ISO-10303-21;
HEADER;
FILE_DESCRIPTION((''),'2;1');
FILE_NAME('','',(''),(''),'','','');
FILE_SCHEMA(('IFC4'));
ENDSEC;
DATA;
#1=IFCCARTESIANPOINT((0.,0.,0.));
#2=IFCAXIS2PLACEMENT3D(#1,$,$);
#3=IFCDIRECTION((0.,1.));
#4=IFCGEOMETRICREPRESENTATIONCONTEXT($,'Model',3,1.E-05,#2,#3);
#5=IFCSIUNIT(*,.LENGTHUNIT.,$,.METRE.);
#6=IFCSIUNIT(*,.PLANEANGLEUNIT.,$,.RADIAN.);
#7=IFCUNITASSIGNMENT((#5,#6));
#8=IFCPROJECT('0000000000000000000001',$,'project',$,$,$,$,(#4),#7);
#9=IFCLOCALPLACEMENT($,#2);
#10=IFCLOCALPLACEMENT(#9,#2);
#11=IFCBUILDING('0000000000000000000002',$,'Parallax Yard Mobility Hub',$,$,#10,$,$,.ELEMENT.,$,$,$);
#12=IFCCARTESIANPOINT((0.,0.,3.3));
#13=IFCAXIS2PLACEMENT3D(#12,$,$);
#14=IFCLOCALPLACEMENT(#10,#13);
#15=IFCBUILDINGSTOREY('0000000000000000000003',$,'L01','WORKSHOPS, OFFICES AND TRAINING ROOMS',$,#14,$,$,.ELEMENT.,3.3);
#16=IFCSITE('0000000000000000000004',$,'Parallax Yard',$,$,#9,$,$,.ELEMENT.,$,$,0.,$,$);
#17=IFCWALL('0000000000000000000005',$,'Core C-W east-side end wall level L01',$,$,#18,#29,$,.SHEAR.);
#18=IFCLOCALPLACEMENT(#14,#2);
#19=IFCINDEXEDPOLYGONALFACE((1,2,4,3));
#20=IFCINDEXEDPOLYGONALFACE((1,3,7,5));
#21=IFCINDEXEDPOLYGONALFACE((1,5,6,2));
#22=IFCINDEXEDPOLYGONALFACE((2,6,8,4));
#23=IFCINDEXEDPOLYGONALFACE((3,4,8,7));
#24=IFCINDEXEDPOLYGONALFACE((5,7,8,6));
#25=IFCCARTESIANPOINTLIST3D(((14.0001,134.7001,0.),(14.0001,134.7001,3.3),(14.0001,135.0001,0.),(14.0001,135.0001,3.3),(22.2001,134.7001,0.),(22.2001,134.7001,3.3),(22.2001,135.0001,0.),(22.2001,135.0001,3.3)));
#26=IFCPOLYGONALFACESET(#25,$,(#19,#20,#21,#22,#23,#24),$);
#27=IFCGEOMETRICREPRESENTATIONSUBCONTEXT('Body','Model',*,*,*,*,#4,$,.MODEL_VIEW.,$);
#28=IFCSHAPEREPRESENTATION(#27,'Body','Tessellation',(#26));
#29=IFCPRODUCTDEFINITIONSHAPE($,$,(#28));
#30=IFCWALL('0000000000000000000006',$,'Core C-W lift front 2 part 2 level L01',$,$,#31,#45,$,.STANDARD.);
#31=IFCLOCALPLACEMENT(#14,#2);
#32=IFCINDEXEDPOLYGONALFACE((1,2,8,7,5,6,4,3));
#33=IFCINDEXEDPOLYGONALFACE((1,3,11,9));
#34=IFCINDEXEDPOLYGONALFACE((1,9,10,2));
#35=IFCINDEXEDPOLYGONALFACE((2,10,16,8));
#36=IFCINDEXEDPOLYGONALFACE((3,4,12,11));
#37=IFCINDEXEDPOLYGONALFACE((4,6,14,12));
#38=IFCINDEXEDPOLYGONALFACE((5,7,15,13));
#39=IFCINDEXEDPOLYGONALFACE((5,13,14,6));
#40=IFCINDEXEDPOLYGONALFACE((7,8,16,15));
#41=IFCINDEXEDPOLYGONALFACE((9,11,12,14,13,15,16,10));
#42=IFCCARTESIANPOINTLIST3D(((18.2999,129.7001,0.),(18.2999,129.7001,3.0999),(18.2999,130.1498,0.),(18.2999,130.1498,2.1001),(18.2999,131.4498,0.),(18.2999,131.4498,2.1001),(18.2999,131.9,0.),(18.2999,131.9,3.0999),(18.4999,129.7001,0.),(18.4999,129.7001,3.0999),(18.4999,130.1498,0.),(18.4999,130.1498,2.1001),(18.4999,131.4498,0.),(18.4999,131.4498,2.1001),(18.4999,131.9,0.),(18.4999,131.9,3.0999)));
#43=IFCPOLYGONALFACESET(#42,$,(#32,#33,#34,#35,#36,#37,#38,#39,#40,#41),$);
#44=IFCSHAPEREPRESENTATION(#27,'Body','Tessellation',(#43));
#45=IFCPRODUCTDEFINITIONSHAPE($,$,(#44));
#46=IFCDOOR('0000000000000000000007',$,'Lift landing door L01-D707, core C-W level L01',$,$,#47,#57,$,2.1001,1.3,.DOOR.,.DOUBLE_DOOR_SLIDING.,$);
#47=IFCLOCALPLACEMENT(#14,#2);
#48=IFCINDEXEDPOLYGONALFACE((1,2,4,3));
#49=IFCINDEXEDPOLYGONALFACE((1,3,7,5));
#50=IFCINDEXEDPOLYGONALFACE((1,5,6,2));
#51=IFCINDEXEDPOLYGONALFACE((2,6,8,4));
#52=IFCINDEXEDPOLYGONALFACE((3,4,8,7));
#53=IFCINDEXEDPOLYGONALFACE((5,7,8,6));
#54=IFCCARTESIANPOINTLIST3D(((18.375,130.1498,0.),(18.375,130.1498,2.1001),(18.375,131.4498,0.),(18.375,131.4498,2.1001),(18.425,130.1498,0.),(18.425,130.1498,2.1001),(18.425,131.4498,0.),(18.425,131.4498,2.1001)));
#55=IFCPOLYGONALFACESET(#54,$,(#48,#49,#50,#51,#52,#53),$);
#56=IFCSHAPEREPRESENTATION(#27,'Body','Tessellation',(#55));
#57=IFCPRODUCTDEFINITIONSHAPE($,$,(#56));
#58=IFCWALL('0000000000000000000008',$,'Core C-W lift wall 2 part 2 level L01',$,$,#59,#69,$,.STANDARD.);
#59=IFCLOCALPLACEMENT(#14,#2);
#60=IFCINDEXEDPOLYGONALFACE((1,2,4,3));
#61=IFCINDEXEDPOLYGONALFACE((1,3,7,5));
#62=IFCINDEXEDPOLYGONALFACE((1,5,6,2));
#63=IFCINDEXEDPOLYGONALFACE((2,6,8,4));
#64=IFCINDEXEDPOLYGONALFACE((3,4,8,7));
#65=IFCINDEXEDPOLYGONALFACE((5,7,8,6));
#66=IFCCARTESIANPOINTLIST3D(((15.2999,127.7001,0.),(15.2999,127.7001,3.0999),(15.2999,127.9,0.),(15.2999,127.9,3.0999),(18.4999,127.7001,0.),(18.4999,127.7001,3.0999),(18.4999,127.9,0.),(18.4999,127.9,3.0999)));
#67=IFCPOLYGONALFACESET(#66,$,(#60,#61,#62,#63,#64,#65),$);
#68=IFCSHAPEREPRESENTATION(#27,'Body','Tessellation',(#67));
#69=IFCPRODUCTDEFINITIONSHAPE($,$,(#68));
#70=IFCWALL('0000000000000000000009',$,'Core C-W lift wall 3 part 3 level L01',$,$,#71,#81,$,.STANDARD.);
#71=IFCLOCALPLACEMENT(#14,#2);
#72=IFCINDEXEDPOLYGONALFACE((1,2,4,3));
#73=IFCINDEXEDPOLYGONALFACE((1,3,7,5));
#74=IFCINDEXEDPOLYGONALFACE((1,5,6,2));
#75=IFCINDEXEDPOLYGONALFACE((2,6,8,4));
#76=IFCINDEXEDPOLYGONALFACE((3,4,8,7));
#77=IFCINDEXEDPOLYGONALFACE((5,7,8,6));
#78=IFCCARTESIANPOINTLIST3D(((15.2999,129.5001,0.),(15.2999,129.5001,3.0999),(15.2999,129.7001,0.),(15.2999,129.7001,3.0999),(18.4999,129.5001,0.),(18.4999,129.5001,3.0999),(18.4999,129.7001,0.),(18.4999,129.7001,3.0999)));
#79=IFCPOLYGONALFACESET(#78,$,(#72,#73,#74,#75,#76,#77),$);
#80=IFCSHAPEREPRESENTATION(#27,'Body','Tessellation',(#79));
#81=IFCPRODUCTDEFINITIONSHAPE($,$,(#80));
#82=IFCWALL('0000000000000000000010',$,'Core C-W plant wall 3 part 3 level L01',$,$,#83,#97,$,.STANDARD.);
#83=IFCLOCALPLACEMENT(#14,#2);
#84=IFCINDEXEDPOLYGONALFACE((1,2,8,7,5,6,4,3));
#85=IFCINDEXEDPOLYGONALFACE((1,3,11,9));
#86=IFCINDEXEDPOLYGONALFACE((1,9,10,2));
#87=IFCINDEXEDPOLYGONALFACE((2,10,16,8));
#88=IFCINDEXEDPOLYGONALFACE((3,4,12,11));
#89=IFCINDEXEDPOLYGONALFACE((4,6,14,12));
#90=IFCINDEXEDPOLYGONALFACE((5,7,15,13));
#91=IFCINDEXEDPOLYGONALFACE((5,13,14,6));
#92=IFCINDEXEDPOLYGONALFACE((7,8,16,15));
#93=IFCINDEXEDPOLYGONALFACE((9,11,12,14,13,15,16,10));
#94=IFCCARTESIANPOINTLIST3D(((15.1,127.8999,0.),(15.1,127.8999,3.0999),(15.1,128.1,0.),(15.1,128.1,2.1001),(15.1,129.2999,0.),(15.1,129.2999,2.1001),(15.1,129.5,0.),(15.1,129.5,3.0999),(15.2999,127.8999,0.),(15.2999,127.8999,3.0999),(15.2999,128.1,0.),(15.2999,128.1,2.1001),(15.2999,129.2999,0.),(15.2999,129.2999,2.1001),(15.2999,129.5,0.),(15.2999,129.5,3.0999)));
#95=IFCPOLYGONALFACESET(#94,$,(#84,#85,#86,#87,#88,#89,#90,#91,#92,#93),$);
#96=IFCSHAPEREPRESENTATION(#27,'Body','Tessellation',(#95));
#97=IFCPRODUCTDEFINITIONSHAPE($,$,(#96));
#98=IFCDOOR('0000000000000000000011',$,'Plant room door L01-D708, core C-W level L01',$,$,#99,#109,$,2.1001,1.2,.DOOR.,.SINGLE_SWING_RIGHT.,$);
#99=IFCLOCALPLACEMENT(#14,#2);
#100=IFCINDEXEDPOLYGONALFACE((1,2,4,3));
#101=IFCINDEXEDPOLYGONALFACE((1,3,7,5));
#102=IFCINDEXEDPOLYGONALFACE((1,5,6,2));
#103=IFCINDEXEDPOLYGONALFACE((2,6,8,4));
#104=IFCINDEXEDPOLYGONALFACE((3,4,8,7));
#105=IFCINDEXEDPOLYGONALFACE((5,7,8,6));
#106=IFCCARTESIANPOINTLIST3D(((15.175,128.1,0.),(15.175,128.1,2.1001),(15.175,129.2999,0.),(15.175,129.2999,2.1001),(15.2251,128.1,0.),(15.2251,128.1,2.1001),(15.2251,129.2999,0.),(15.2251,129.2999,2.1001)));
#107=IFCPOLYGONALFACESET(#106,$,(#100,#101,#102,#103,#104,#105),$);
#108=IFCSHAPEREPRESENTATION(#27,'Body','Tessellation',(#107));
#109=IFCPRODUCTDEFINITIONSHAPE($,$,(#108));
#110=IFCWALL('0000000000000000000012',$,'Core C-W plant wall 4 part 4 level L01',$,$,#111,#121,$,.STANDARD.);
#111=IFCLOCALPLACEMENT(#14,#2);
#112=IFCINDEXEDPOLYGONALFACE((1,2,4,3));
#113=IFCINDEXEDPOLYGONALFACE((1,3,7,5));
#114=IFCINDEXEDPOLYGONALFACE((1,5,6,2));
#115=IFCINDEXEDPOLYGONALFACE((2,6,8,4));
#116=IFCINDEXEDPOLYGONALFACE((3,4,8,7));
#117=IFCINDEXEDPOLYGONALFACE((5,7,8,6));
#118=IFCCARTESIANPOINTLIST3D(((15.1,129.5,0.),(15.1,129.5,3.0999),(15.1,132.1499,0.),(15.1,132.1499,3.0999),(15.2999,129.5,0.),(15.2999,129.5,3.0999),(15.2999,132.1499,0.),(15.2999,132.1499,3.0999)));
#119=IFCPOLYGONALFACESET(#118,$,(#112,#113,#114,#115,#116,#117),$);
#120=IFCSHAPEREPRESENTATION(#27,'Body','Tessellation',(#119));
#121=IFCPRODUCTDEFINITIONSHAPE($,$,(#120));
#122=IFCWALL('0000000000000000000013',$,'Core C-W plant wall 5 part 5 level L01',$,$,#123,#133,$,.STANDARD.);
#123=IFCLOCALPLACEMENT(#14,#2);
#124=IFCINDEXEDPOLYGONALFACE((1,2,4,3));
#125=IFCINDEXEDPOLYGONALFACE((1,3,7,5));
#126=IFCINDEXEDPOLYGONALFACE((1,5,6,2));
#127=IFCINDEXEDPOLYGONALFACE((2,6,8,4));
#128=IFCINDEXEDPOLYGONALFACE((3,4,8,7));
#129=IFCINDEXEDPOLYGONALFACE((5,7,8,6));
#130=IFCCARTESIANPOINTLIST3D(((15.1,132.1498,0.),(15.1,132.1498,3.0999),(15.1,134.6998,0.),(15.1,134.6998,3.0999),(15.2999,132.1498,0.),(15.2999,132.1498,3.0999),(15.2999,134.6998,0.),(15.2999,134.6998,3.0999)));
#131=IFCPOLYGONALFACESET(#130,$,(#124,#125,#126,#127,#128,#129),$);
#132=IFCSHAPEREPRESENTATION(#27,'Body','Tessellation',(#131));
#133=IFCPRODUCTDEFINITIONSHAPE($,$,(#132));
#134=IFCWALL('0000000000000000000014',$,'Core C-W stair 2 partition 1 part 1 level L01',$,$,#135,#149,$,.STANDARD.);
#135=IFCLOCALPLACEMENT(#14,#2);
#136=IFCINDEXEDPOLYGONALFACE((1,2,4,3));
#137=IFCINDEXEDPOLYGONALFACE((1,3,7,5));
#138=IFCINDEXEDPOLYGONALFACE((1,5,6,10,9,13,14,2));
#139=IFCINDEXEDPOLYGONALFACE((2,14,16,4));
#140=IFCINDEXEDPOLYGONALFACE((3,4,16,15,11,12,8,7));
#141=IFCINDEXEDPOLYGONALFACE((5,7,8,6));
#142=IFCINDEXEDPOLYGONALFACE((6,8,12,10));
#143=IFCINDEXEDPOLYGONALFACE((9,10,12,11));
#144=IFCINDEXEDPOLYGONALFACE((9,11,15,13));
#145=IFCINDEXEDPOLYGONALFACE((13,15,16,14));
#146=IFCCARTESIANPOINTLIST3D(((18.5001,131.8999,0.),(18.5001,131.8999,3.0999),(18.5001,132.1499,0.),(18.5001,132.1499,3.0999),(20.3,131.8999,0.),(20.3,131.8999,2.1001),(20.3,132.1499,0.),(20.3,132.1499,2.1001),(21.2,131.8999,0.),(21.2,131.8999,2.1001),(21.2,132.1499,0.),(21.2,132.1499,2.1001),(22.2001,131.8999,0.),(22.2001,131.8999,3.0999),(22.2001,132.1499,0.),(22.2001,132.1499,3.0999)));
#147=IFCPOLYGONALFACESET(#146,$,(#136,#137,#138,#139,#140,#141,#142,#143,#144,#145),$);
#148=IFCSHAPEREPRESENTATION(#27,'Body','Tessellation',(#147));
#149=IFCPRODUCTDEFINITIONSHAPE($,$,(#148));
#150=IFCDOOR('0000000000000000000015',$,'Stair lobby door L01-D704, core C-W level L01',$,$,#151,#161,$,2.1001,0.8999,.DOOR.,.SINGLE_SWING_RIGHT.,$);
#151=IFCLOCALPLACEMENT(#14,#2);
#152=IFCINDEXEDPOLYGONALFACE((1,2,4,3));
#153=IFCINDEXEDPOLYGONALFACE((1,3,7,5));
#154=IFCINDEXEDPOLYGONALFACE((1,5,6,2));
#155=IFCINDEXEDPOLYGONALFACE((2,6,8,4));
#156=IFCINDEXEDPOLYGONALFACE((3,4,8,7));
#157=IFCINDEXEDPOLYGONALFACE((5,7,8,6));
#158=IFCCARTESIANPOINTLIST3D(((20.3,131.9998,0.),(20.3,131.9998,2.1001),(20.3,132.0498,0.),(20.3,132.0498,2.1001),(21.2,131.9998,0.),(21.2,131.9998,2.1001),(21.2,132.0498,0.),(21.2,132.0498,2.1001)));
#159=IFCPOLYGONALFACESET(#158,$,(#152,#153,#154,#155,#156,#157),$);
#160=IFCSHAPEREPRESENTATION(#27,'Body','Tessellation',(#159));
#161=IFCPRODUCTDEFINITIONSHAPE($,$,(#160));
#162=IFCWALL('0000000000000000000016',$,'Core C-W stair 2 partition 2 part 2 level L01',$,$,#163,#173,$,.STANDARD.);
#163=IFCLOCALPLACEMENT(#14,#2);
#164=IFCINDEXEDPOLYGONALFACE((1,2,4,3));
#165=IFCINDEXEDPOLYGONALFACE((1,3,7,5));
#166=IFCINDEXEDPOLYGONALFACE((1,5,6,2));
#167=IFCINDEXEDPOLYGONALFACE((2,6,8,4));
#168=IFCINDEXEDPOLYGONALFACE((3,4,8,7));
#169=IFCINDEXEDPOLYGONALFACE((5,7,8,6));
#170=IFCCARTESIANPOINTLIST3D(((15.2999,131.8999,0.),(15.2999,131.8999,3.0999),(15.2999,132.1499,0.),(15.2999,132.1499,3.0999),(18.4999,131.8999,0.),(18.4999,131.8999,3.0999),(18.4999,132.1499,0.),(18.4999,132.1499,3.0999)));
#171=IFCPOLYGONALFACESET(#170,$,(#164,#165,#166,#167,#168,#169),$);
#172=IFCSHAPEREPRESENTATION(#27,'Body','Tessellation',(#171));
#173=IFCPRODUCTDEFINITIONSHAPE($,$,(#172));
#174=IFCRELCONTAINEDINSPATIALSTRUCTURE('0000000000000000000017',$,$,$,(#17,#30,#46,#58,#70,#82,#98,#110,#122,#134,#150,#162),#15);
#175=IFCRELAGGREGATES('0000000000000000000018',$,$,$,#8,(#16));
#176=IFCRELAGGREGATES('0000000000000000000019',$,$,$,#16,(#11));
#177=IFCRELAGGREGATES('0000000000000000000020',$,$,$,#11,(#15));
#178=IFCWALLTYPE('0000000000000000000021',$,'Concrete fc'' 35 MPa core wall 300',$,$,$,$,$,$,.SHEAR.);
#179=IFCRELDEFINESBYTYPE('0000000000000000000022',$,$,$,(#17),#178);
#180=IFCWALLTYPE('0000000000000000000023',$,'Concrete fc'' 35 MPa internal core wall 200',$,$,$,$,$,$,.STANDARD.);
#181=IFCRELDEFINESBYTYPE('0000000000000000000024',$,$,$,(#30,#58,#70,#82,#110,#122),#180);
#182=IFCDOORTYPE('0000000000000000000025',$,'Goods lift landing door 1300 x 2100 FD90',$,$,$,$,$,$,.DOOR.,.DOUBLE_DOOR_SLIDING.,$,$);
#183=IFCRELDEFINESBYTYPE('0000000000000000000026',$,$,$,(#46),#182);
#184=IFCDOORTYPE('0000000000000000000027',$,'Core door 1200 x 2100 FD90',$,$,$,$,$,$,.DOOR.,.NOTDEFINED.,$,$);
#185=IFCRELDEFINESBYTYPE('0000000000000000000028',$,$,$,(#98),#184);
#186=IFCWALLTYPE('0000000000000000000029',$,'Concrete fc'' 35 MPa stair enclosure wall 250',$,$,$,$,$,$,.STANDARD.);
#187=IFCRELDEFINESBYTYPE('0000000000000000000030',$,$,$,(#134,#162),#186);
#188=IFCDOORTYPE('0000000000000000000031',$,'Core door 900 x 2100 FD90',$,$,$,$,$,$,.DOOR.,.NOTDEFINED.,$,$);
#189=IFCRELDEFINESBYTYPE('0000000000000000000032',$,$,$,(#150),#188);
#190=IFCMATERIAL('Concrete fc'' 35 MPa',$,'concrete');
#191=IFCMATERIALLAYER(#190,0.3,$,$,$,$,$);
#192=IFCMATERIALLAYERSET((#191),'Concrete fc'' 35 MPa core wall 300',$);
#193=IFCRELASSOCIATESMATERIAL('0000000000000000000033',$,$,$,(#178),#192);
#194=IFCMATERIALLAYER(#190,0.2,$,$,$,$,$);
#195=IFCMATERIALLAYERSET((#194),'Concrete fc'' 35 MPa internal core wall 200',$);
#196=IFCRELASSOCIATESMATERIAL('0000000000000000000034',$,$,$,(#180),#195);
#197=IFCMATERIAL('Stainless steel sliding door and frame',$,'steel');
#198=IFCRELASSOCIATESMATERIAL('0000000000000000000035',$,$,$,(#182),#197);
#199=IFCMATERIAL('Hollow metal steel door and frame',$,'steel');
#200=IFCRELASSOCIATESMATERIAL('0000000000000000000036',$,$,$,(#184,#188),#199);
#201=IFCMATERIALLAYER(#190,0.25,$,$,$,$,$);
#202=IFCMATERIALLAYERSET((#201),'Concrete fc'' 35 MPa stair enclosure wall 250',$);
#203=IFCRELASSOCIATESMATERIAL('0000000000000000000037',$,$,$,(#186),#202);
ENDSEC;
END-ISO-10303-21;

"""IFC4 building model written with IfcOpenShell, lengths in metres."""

from ifc_helpers import new_model, si_unit, direction, frame, frame_2d, origin, place, context, subcontext, project, spatial, rectangle, extrude, material, layer, layer_set, type_object, element, fill, save


model = new_model("IFC4")

# Units and contexts
model_context = context("Model", 3, precision=1e-05, world=origin(), true_north=direction((0.0, 1.0)))
body_context = subcontext(model_context, "Body", "Model", "MODEL_VIEW")
ifc_project = project(units=[si_unit("LENGTHUNIT", "METRE"), si_unit("PLANEANGLEUNIT", "RADIAN")], contexts=[model_context])

# Site, building, storey
site_placement = place(None, origin())
site = spatial("IfcSite", under=ifc_project, at=site_placement, Name="Parallax Yard", CompositionType="ELEMENT", RefElevation=0.0)
building_placement = place(site_placement, origin())
building = spatial("IfcBuilding", under=site, at=building_placement, Name="Parallax Yard Mobility Hub", CompositionType="ELEMENT")
storey_placement = place(building_placement, frame((0.0, 0.0, 3.3)))
storey = spatial("IfcBuildingStorey", under=building, at=storey_placement, Name="L01", Description="WORKSHOPS, OFFICES AND TRAINING ROOMS", CompositionType="ELEMENT", Elevation=3.3)

# Wall
ifc_material_1 = material(Name="Concrete fc' 35 MPa", Category="concrete")
ifc_layer_1 = layer(ifc_material_1, 0.3)
ifc_layer_set_1 = layer_set([ifc_layer_1], Name="Concrete fc' 35 MPa core wall 300")
wall_type_1 = type_object("IfcWallType", Name="Concrete fc' 35 MPa core wall 300", PredefinedType="SHEAR", material=ifc_layer_set_1)
wall_1_placement = place(storey_placement, frame((14.0, 134.8501, 0.0), z_axis=(0.0, 0.0, 1.0), x_axis=(1.0, 0.0, 0.0)))
element("IfcWall", 1, at=wall_1_placement, inside=storey, type_object=wall_type_1, Name="Core C-W east-side end wall level L01", PredefinedType="SHEAR", context=body_context, shape_type="SweptSolid", body=[
    extrude(rectangle(XDim=8.2, YDim=0.3, at=frame_2d((4.1001, 0.0))), origin(), (0.0, 0.0, 1.0), 3.3),
])

# Wall, opening, door
ifc_layer_2 = layer(ifc_material_1, 0.2)
ifc_layer_set_2 = layer_set([ifc_layer_2], Name="Concrete fc' 35 MPa internal core wall 200")
wall_type_2 = type_object("IfcWallType", Name="Concrete fc' 35 MPa internal core wall 200", PredefinedType="STANDARD", material=ifc_layer_set_2)
wall_2_placement = place(storey_placement, frame((18.3999, 129.7, 0.0), z_axis=(0.0, 0.0, 1.0), x_axis=(0.0, 1.0, 0.0)))
wall_2 = element("IfcWall", 2, at=wall_2_placement, inside=storey, type_object=wall_type_2, Name="Core C-W lift front 2 part 2 level L01", PredefinedType="STANDARD", context=body_context, shape_type="SweptSolid", body=[
    extrude(rectangle(XDim=2.2, YDim=0.2, at=frame_2d((1.1001, 0.0))), origin(), (0.0, 0.0, 1.0), 3.0999),
])
opening_1_placement = place(wall_2_placement, frame((0.45, 0.0, 0.0)))
opening_1 = element("IfcOpeningElement", 3, at=opening_1_placement, cuts=wall_2, PredefinedType="OPENING", context=body_context, shape_type="SweptSolid", body=[
    extrude(rectangle(XDim=1.3, YDim=2.1001, at=frame_2d((0.6499, 1.05))), frame((0.0, 0.1099, 0.0), z_axis=(0.0, -1.0, 0.0), x_axis=(1.0, 0.0, 0.0)), (0.0, 0.0, 1.0), 0.22),
])
ifc_material_2 = material(Name="Stainless steel sliding door and frame", Category="steel")
door_type_1 = type_object("IfcDoorType", Name="Goods lift landing door 1300 x 2100 FD90", OperationType="DOUBLE_DOOR_SLIDING", PredefinedType="DOOR", material=ifc_material_2)
door_1_placement = place(opening_1_placement, origin())
door_1 = element("IfcDoor", 4, at=door_1_placement, inside=storey, type_object=door_type_1, Name="Lift landing door L01-D707, core C-W level L01", OperationType="DOUBLE_DOOR_SLIDING", OverallHeight=2.1001, OverallWidth=1.3, PredefinedType="DOOR", context=body_context, shape_type="SweptSolid", body=[
    extrude(rectangle(XDim=1.3, YDim=2.1001, at=frame_2d((0.6499, 1.05))), frame((0.0, 0.0249, 0.0), z_axis=(0.0, -1.0, 0.0), x_axis=(1.0, 0.0, 0.0)), (0.0, 0.0, 1.0), 0.05),
])
fill(opening_1, door_1)

# Walls
for number, where, z_axis, x_axis, name in (
    (5, (18.5, 127.8, 0.0), (0.0, 0.0, 1.0), (-1.0, 0.0, 0.0), "Core C-W lift wall 2 part 2 level L01"),
    (6, (18.5, 129.6001, 0.0), (0.0, 0.0, 1.0), (-1.0, 0.0, 0.0), "Core C-W lift wall 3 part 3 level L01"),
):
    element("IfcWall", number, at=place(storey_placement, frame(where, z_axis=z_axis, x_axis=x_axis)), inside=storey, type_object=wall_type_2, Name=name, PredefinedType="STANDARD", context=body_context, shape_type="SweptSolid", body=[
        extrude(rectangle(XDim=3.2, YDim=0.2, at=frame_2d((1.6001, 0.0))), origin(), (0.0, 0.0, 1.0), 3.0999),
    ])

# Wall, opening, door
wall_3_placement = place(storey_placement, frame((15.2, 127.8999, 0.0), z_axis=(0.0, 0.0, 1.0), x_axis=(0.0, 1.0, 0.0)))
wall_3 = element("IfcWall", 7, at=wall_3_placement, inside=storey, type_object=wall_type_2, Name="Core C-W plant wall 3 part 3 level L01", PredefinedType="STANDARD", context=body_context, shape_type="SweptSolid", body=[
    extrude(rectangle(XDim=1.6001, YDim=0.2, at=frame_2d((0.8, 0.0))), origin(), (0.0, 0.0, 1.0), 3.0999),
])
opening_2_placement = place(wall_3_placement, frame((0.2, 0.0, 0.0)))
opening_2 = element("IfcOpeningElement", 8, at=opening_2_placement, cuts=wall_3, PredefinedType="OPENING", context=body_context, shape_type="SweptSolid", body=[
    extrude(rectangle(XDim=1.2, YDim=2.1001, at=frame_2d((0.6001, 1.05))), frame((0.0, 0.1099, 0.0), z_axis=(0.0, -1.0, 0.0), x_axis=(1.0, 0.0, 0.0)), (0.0, 0.0, 1.0), 0.22),
])
ifc_material_3 = material(Name="Hollow metal steel door and frame", Category="steel")
door_type_2 = type_object("IfcDoorType", Name="Core door 1200 x 2100 FD90", OperationType="NOTDEFINED", PredefinedType="DOOR", material=ifc_material_3)
door_2_placement = place(opening_2_placement, origin())
door_2 = element("IfcDoor", 9, at=door_2_placement, inside=storey, type_object=door_type_2, Name="Plant room door L01-D708, core C-W level L01", OperationType="SINGLE_SWING_RIGHT", OverallHeight=2.1001, OverallWidth=1.2, PredefinedType="DOOR", context=body_context, shape_type="SweptSolid", body=[
    extrude(rectangle(XDim=1.2, YDim=2.1001, at=frame_2d((0.6001, 1.05))), frame((0.0, 0.0249, 0.0), z_axis=(0.0, -1.0, 0.0), x_axis=(1.0, 0.0, 0.0)), (0.0, 0.0, 1.0), 0.05),
])
fill(opening_2, door_2)

# Walls
wall_4_placement = place(storey_placement, frame((15.2, 129.5, 0.0), z_axis=(0.0, 0.0, 1.0), x_axis=(0.0, 1.0, 0.0)))
element("IfcWall", 10, at=wall_4_placement, inside=storey, type_object=wall_type_2, Name="Core C-W plant wall 4 part 4 level L01", PredefinedType="STANDARD", context=body_context, shape_type="SweptSolid", body=[
    extrude(rectangle(XDim=2.6499, YDim=0.2, at=frame_2d((1.325, 0.0))), origin(), (0.0, 0.0, 1.0), 3.0999),
])
wall_5_placement = place(storey_placement, frame((15.2, 132.1499, 0.0), z_axis=(0.0, 0.0, 1.0), x_axis=(0.0, 1.0, 0.0)))
element("IfcWall", 11, at=wall_5_placement, inside=storey, type_object=wall_type_2, Name="Core C-W plant wall 5 part 5 level L01", PredefinedType="STANDARD", context=body_context, shape_type="SweptSolid", body=[
    extrude(rectangle(XDim=2.55, YDim=0.2, at=frame_2d((1.2749, 0.0))), origin(), (0.0, 0.0, 1.0), 3.0999),
])

# Wall, opening, door
ifc_layer_3 = layer(ifc_material_1, 0.25)
ifc_layer_set_3 = layer_set([ifc_layer_3], Name="Concrete fc' 35 MPa stair enclosure wall 250")
wall_type_3 = type_object("IfcWallType", Name="Concrete fc' 35 MPa stair enclosure wall 250", PredefinedType="STANDARD", material=ifc_layer_set_3)
wall_6_placement = place(storey_placement, frame((18.5, 132.0249, 0.0), z_axis=(0.0, 0.0, 1.0), x_axis=(1.0, 0.0, 0.0)))
wall_6 = element("IfcWall", 12, at=wall_6_placement, inside=storey, type_object=wall_type_3, Name="Core C-W stair 2 partition 1 part 1 level L01", PredefinedType="STANDARD", context=body_context, shape_type="SweptSolid", body=[
    extrude(rectangle(XDim=3.7, YDim=0.25, at=frame_2d((1.8501, 0.0))), origin(), (0.0, 0.0, 1.0), 3.0999),
])
opening_3_placement = place(wall_6_placement, frame((1.8, 0.0, 0.0)))
opening_3 = element("IfcOpeningElement", 13, at=opening_3_placement, cuts=wall_6, PredefinedType="OPENING", context=body_context, shape_type="SweptSolid", body=[
    extrude(rectangle(XDim=0.8999, YDim=2.1001, at=frame_2d((0.45, 1.05))), frame((0.0, 0.135, 0.0), z_axis=(0.0, -1.0, 0.0), x_axis=(1.0, 0.0, 0.0)), (0.0, 0.0, 1.0), 0.27),
])
door_type_3 = type_object("IfcDoorType", Name="Core door 900 x 2100 FD90", OperationType="NOTDEFINED", PredefinedType="DOOR", material=ifc_material_3)
door_3_placement = place(opening_3_placement, origin())
door_3 = element("IfcDoor", 14, at=door_3_placement, inside=storey, type_object=door_type_3, Name="Stair lobby door L01-D704, core C-W level L01", OperationType="SINGLE_SWING_RIGHT", OverallHeight=2.1001, OverallWidth=0.8999, PredefinedType="DOOR", context=body_context, shape_type="SweptSolid", body=[
    extrude(rectangle(XDim=0.8999, YDim=2.1001, at=frame_2d((0.45, 1.05))), frame((0.0, 0.0249, 0.0), z_axis=(0.0, -1.0, 0.0), x_axis=(1.0, 0.0, 0.0)), (0.0, 0.0, 1.0), 0.05),
])
fill(opening_3, door_3)

# Wall
wall_7_placement = place(storey_placement, frame((18.5, 132.0249, 0.0), z_axis=(0.0, 0.0, 1.0), x_axis=(-1.0, 0.0, 0.0)))
element("IfcWall", 15, at=wall_7_placement, inside=storey, type_object=wall_type_3, Name="Core C-W stair 2 partition 2 part 2 level L01", PredefinedType="STANDARD", context=body_context, shape_type="SweptSolid", body=[
    extrude(rectangle(XDim=3.2, YDim=0.25, at=frame_2d((1.6001, 0.0))), origin(), (0.0, 0.0, 1.0), 3.0999),
])

save(model, "model.ifc")
